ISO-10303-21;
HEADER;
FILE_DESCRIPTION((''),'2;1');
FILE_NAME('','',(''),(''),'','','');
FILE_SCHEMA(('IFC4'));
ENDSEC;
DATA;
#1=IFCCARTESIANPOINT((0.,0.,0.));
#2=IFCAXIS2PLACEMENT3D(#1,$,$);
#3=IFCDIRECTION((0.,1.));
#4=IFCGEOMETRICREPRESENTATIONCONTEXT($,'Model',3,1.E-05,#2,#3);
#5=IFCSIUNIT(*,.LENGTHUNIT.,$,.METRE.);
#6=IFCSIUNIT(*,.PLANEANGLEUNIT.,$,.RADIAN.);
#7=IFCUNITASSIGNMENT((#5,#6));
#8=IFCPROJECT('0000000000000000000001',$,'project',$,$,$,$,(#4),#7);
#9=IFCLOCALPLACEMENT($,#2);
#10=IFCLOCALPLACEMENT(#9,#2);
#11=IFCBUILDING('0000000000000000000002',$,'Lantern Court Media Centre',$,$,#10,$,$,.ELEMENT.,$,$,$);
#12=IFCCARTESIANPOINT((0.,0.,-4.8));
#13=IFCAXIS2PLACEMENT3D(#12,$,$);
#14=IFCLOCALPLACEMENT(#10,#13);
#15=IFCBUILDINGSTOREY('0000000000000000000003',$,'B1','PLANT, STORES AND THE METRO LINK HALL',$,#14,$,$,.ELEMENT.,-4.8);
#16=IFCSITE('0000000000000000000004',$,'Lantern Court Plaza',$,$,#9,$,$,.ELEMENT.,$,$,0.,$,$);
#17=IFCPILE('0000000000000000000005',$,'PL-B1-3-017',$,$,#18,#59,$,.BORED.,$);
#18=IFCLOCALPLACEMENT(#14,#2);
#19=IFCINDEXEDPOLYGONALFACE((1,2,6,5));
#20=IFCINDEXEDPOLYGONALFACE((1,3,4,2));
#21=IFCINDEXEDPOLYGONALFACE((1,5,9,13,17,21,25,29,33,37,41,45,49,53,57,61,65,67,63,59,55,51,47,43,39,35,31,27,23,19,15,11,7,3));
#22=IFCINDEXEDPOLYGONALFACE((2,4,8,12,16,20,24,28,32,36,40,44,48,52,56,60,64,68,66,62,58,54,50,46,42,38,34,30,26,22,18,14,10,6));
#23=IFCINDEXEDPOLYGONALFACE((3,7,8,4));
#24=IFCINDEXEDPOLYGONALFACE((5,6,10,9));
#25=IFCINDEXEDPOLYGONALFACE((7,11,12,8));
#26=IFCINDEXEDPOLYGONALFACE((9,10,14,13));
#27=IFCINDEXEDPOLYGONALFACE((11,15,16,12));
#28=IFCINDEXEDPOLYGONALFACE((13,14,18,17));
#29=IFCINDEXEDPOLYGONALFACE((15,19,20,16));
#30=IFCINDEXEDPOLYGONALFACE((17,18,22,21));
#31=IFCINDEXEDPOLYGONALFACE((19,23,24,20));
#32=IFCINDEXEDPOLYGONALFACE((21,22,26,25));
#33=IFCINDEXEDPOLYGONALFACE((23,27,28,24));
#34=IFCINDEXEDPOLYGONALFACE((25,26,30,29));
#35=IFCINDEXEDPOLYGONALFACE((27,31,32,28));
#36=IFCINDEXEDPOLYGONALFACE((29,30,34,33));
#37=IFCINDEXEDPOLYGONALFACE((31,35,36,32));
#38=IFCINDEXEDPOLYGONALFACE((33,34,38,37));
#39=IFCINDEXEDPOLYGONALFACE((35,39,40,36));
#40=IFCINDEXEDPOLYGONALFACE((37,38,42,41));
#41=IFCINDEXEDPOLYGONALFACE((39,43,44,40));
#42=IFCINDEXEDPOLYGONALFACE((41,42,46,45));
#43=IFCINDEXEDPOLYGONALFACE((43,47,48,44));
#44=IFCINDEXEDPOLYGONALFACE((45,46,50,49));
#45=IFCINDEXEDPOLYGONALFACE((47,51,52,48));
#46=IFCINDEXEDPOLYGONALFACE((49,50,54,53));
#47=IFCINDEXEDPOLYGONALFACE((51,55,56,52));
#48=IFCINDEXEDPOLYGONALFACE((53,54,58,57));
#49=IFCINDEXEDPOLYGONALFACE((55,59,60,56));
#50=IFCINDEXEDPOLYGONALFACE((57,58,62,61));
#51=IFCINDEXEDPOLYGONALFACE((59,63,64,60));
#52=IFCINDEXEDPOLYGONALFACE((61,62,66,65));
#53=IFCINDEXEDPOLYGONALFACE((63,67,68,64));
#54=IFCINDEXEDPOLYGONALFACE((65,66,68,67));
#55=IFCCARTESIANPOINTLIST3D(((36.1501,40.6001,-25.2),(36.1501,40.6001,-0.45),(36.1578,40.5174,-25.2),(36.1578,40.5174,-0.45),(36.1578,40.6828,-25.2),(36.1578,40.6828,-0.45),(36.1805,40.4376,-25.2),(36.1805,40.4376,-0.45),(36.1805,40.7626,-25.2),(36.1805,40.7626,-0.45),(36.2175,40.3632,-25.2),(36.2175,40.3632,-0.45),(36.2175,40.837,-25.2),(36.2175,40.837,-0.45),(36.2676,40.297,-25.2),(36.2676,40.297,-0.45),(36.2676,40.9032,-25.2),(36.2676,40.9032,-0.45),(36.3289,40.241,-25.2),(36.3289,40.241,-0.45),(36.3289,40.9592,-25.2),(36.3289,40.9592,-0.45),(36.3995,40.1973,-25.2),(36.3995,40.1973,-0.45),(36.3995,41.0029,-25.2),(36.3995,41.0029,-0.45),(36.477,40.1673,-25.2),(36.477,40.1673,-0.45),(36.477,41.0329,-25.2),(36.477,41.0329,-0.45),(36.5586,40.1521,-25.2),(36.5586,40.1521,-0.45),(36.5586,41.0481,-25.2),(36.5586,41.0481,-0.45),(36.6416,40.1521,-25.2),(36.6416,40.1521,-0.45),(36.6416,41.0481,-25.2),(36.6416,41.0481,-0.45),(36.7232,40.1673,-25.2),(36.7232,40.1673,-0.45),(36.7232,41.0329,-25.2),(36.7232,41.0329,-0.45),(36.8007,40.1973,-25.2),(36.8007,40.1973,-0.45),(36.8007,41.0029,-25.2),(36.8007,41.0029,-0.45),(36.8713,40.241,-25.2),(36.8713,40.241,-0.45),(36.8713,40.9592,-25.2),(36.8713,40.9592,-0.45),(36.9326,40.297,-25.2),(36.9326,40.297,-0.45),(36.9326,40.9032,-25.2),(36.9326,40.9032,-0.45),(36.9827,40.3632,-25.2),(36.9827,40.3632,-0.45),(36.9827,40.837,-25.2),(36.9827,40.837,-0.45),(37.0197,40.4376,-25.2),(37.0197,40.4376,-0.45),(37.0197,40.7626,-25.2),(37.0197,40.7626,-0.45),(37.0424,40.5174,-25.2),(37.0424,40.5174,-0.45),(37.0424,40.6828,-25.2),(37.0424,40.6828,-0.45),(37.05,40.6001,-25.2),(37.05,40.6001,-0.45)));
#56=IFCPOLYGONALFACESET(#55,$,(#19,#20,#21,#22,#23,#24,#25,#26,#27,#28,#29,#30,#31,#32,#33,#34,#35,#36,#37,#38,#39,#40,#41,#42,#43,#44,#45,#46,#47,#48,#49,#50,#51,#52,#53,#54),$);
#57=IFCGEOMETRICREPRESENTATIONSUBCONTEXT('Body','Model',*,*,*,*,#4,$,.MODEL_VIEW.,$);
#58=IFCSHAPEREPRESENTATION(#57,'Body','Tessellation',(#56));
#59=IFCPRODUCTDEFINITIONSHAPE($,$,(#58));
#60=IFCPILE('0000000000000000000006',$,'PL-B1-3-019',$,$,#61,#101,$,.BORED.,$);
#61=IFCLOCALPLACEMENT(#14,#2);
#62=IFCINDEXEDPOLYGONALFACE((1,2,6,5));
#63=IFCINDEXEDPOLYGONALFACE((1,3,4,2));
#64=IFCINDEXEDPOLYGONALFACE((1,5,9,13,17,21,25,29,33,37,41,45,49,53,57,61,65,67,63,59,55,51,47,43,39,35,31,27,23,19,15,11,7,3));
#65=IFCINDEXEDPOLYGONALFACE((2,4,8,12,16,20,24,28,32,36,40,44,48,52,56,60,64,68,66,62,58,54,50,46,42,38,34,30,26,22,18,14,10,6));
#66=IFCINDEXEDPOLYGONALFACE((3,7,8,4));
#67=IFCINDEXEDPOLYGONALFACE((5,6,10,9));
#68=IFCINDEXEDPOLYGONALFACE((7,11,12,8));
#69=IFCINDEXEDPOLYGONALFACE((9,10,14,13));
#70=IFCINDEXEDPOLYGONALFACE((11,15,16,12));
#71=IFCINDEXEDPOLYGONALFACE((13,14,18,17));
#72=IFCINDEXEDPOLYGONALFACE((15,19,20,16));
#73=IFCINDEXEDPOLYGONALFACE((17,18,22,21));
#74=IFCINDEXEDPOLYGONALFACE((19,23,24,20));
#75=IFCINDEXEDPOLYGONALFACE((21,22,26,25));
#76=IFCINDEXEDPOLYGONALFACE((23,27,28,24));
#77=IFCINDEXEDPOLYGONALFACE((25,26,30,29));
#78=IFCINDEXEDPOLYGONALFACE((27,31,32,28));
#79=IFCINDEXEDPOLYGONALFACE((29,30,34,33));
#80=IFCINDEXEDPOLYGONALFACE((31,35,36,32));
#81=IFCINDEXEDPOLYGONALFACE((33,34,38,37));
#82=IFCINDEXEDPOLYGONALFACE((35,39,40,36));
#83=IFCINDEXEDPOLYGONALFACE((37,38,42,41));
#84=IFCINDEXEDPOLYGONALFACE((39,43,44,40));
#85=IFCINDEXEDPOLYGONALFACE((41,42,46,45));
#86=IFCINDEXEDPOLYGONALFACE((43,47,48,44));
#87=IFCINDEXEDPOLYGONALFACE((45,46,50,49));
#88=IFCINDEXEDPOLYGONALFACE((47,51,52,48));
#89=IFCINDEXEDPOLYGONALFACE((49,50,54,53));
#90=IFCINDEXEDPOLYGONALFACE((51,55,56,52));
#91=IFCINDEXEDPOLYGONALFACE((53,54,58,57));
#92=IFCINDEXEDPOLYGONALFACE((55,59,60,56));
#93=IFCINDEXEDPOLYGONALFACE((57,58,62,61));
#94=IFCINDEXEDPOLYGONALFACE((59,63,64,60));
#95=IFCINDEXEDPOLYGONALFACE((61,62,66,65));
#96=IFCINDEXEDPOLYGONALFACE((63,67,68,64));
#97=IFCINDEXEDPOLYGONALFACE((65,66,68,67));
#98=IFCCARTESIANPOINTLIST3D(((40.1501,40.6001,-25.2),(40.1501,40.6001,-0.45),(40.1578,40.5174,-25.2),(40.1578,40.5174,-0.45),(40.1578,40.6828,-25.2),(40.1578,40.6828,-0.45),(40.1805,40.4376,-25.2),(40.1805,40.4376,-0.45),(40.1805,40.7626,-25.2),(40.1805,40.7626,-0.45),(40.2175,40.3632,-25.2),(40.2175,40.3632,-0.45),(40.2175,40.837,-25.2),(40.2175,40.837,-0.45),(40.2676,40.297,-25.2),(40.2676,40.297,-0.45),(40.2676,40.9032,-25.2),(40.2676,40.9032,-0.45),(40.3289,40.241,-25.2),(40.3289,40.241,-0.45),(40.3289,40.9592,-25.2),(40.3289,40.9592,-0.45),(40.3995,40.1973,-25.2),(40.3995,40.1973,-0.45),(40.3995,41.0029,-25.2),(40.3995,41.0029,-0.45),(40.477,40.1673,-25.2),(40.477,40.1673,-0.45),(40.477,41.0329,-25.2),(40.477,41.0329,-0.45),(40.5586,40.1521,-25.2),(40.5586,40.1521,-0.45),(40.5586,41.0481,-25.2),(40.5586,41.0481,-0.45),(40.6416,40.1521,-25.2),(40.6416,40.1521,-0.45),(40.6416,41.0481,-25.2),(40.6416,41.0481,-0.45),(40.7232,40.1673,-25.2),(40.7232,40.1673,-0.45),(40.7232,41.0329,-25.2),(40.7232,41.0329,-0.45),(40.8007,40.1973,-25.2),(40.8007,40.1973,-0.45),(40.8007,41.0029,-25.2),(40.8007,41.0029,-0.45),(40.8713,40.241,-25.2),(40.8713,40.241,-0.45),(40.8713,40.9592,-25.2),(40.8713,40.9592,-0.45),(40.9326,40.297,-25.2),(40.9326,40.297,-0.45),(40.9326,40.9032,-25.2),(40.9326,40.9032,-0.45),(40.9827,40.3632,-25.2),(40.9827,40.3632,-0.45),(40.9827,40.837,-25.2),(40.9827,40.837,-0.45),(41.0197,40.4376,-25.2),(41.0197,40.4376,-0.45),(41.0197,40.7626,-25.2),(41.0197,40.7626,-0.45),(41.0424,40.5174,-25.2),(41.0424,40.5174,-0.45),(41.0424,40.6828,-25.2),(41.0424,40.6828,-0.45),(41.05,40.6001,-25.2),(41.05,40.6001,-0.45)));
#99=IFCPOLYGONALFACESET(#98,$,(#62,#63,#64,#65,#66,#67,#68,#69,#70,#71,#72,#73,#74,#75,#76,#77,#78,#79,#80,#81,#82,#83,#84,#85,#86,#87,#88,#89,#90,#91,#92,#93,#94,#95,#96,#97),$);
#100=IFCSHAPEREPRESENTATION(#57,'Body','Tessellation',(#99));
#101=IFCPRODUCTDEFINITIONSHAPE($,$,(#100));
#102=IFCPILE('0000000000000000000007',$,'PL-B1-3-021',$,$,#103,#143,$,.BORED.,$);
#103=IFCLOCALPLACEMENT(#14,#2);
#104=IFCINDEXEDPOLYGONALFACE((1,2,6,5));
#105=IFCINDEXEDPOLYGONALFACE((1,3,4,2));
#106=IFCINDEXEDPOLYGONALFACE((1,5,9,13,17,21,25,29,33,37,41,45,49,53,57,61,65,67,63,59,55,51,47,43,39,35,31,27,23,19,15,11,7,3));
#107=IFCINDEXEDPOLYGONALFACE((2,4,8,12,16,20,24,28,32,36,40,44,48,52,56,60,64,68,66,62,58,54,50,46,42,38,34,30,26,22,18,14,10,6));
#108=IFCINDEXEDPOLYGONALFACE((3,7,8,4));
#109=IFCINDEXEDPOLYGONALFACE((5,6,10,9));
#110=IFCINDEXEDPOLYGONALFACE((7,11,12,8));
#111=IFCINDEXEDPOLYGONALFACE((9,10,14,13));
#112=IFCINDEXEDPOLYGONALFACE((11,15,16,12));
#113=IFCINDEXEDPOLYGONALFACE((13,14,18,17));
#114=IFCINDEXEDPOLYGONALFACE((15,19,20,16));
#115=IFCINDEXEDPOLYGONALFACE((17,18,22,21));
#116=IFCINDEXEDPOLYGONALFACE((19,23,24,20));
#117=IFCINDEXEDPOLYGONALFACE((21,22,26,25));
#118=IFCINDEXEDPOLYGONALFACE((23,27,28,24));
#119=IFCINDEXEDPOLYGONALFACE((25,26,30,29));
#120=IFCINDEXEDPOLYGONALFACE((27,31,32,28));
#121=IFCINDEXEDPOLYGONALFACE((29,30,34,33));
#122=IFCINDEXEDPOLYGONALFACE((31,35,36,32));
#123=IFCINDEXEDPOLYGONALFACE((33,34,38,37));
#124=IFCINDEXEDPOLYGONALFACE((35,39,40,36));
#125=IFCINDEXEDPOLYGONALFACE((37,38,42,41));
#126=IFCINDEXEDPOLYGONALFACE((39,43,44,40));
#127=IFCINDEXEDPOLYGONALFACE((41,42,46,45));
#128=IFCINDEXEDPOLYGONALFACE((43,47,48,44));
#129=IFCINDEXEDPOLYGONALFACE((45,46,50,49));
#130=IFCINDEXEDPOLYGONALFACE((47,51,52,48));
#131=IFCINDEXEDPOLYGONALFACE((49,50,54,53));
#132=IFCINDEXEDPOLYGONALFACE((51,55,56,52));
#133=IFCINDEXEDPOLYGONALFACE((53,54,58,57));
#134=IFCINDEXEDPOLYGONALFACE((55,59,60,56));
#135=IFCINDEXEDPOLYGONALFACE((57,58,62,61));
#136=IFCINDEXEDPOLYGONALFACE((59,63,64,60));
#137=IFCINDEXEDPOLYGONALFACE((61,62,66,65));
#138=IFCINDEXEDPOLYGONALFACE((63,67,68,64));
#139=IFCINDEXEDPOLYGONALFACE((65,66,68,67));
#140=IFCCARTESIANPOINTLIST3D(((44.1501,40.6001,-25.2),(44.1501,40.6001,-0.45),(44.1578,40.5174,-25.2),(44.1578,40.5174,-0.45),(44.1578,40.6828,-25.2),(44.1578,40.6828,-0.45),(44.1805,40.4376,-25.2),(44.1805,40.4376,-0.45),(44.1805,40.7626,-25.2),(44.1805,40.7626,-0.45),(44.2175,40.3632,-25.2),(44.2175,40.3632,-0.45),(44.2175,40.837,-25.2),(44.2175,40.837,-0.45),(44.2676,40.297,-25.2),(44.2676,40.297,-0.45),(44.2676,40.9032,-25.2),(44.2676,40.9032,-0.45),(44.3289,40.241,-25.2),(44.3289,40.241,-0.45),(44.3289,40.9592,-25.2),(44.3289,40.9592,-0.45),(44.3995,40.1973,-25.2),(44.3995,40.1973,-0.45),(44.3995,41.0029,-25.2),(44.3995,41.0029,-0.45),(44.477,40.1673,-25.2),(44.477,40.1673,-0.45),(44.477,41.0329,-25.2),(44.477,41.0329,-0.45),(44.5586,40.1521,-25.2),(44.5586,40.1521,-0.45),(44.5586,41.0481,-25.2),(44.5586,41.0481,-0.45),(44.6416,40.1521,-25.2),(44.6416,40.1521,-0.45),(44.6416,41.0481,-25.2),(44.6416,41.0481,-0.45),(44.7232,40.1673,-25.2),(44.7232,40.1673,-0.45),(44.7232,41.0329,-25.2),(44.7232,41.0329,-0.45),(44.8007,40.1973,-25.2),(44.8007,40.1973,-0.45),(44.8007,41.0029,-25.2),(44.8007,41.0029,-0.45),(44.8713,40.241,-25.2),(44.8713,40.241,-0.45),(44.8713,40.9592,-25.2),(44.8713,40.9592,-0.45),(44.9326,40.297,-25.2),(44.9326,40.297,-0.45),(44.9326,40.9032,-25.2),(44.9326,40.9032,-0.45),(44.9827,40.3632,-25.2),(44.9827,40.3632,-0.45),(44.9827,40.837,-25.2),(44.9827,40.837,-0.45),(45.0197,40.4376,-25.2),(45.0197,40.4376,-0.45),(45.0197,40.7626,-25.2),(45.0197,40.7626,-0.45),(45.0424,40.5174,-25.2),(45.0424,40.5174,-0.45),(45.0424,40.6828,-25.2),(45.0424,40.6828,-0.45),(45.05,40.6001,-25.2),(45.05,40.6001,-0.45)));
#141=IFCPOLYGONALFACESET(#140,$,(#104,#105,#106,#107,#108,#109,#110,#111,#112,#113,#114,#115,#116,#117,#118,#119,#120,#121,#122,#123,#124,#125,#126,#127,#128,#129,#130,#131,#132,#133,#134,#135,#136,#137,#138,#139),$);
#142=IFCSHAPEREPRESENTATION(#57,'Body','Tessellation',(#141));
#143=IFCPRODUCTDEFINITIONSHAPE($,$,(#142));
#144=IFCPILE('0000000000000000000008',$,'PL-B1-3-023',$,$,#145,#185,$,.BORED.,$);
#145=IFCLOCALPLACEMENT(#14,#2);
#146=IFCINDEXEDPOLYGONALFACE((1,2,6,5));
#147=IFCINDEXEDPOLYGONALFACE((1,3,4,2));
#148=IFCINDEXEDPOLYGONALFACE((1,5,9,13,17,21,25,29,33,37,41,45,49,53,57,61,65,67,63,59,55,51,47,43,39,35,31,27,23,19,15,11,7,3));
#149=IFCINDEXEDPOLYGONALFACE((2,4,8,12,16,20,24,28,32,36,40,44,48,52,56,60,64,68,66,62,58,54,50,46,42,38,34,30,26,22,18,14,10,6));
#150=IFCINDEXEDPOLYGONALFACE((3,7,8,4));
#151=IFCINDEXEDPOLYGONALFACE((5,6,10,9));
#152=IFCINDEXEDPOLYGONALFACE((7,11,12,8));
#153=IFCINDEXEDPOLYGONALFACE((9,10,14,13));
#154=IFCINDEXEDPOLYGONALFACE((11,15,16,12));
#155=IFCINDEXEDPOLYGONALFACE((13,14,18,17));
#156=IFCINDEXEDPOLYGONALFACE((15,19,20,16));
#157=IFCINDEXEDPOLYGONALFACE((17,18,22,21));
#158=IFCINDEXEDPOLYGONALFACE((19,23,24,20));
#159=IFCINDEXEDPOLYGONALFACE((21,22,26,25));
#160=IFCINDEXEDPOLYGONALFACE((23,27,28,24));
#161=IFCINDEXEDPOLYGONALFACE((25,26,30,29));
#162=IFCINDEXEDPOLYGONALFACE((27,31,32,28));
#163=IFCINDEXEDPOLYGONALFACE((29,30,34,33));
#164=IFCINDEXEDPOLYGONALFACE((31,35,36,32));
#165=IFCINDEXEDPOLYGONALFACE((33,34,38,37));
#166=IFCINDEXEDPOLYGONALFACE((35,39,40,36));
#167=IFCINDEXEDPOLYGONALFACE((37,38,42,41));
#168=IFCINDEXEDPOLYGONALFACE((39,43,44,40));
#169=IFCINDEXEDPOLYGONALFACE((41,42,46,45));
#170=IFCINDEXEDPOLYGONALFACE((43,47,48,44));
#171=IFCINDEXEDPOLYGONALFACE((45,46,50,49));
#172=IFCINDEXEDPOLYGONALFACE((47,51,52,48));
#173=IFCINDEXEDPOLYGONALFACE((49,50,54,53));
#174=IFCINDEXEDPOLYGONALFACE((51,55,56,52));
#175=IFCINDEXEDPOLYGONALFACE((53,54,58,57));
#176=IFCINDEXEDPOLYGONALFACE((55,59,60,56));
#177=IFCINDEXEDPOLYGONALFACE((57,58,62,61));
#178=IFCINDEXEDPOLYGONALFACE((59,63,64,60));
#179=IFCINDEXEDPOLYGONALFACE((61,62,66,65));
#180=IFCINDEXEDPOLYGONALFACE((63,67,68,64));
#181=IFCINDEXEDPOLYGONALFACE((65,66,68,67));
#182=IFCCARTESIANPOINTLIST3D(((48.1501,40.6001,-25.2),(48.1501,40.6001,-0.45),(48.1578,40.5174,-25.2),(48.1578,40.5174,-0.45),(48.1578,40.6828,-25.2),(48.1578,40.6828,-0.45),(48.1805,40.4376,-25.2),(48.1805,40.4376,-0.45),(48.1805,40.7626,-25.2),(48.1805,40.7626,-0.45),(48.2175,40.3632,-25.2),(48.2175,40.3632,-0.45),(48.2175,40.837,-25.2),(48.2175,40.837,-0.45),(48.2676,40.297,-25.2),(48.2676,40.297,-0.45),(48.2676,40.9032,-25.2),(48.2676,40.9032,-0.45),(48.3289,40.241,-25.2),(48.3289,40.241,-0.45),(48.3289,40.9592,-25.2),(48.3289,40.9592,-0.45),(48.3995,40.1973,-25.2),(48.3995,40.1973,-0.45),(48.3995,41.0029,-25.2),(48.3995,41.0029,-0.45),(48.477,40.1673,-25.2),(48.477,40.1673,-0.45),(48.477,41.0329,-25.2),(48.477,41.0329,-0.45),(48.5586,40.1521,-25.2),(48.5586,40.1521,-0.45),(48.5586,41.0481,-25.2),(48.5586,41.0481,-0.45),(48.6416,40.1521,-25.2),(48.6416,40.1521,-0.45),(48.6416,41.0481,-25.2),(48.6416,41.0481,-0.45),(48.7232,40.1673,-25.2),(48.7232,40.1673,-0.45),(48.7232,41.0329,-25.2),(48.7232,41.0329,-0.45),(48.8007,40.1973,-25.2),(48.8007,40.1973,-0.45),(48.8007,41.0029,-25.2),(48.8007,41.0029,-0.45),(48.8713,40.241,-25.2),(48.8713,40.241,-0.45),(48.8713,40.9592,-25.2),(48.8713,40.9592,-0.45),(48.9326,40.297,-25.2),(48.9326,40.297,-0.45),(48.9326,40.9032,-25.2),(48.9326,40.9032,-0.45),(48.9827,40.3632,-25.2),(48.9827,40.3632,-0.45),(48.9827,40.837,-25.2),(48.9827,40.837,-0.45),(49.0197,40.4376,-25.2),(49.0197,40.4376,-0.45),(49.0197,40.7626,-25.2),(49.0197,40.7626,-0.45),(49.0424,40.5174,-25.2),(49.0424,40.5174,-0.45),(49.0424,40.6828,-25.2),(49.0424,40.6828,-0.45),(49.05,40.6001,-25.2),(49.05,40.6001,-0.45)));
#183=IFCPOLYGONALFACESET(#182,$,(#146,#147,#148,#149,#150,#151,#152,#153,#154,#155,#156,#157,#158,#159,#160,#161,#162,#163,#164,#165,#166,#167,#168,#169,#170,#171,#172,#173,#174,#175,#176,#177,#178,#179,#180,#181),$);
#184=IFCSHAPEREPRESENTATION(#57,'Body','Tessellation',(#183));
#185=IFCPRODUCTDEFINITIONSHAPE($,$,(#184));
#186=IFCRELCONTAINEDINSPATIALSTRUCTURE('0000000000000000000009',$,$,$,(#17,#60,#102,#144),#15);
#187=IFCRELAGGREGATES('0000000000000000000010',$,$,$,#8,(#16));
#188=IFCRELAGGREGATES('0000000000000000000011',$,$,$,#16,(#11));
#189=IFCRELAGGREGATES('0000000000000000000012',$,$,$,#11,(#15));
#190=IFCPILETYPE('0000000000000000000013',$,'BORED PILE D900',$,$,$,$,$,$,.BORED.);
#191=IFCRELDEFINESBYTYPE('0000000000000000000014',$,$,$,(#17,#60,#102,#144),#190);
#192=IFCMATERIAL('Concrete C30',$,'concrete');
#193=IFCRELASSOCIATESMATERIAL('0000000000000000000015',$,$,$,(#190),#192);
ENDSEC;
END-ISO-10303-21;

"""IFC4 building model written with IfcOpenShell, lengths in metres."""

from ifc_helpers import new_model, si_unit, direction, frame, origin, origin_2d, place, context, subcontext, project, spatial, circle, extrude, material, material_profile, profile_set, type_object, element, save


model = new_model("IFC4")

# Units and contexts
model_context = context("Model", 3, precision=1e-05, world=origin(), true_north=direction((0.0, 1.0)))
body_context = subcontext(model_context, "Body", "Model", "MODEL_VIEW")
ifc_project = project(units=[si_unit("LENGTHUNIT", "METRE"), si_unit("PLANEANGLEUNIT", "RADIAN")], contexts=[model_context])

# Site, building, storey
site_placement = place(None, origin())
site = spatial("IfcSite", under=ifc_project, at=site_placement, Name="Lantern Court Plaza", CompositionType="ELEMENT", RefElevation=0.0)
building_placement = place(site_placement, origin())
building = spatial("IfcBuilding", under=site, at=building_placement, Name="Lantern Court Media Centre", CompositionType="ELEMENT")
storey_placement = place(building_placement, frame((0.0, 0.0, -4.8)))
storey = spatial("IfcBuildingStorey", under=building, at=storey_placement, Name="B1", Description="PLANT, STORES AND THE METRO LINK HALL", CompositionType="ELEMENT", Elevation=-4.8)

# Piles
ifc_material_1 = material(Name="Concrete C30", Category="concrete")
ifc_material_profile = material_profile(ifc_material_1, circle(Radius=0.45, at=origin_2d()), Name="D900")
ifc_profile_set = profile_set([ifc_material_profile], Name="Concrete C30")
pile_type = type_object("IfcPileType", Name="BORED PILE D900", PredefinedType="BORED", material=ifc_profile_set)
for number, where, z_axis, x_axis, name in (
    (1, (36.6001, 40.6001, -0.45), (0.0, 0.0, -1.0), (1.0, 0.0, 0.0), "PL-B1-3-017"),
    (2, (40.6001, 40.6001, -0.45), (0.0, 0.0, -1.0), (1.0, 0.0, 0.0), "PL-B1-3-019"),
    (3, (44.6001, 40.6001, -0.45), (0.0, 0.0, -1.0), (1.0, 0.0, 0.0), "PL-B1-3-021"),
    (4, (48.6001, 40.6001, -0.45), (0.0, 0.0, -1.0), (1.0, 0.0, 0.0), "PL-B1-3-023"),
):
    element("IfcPile", number, at=place(storey_placement, frame(where, z_axis=z_axis, x_axis=x_axis)), inside=storey, type_object=pile_type, Name=name, PredefinedType="BORED", context=body_context, shape_type="SweptSolid", body=[
        extrude(circle(Radius=0.45, at=origin_2d()), origin(), (0.0, 0.0, 1.0), 24.75),
    ])

save(model, "model.ifc")
